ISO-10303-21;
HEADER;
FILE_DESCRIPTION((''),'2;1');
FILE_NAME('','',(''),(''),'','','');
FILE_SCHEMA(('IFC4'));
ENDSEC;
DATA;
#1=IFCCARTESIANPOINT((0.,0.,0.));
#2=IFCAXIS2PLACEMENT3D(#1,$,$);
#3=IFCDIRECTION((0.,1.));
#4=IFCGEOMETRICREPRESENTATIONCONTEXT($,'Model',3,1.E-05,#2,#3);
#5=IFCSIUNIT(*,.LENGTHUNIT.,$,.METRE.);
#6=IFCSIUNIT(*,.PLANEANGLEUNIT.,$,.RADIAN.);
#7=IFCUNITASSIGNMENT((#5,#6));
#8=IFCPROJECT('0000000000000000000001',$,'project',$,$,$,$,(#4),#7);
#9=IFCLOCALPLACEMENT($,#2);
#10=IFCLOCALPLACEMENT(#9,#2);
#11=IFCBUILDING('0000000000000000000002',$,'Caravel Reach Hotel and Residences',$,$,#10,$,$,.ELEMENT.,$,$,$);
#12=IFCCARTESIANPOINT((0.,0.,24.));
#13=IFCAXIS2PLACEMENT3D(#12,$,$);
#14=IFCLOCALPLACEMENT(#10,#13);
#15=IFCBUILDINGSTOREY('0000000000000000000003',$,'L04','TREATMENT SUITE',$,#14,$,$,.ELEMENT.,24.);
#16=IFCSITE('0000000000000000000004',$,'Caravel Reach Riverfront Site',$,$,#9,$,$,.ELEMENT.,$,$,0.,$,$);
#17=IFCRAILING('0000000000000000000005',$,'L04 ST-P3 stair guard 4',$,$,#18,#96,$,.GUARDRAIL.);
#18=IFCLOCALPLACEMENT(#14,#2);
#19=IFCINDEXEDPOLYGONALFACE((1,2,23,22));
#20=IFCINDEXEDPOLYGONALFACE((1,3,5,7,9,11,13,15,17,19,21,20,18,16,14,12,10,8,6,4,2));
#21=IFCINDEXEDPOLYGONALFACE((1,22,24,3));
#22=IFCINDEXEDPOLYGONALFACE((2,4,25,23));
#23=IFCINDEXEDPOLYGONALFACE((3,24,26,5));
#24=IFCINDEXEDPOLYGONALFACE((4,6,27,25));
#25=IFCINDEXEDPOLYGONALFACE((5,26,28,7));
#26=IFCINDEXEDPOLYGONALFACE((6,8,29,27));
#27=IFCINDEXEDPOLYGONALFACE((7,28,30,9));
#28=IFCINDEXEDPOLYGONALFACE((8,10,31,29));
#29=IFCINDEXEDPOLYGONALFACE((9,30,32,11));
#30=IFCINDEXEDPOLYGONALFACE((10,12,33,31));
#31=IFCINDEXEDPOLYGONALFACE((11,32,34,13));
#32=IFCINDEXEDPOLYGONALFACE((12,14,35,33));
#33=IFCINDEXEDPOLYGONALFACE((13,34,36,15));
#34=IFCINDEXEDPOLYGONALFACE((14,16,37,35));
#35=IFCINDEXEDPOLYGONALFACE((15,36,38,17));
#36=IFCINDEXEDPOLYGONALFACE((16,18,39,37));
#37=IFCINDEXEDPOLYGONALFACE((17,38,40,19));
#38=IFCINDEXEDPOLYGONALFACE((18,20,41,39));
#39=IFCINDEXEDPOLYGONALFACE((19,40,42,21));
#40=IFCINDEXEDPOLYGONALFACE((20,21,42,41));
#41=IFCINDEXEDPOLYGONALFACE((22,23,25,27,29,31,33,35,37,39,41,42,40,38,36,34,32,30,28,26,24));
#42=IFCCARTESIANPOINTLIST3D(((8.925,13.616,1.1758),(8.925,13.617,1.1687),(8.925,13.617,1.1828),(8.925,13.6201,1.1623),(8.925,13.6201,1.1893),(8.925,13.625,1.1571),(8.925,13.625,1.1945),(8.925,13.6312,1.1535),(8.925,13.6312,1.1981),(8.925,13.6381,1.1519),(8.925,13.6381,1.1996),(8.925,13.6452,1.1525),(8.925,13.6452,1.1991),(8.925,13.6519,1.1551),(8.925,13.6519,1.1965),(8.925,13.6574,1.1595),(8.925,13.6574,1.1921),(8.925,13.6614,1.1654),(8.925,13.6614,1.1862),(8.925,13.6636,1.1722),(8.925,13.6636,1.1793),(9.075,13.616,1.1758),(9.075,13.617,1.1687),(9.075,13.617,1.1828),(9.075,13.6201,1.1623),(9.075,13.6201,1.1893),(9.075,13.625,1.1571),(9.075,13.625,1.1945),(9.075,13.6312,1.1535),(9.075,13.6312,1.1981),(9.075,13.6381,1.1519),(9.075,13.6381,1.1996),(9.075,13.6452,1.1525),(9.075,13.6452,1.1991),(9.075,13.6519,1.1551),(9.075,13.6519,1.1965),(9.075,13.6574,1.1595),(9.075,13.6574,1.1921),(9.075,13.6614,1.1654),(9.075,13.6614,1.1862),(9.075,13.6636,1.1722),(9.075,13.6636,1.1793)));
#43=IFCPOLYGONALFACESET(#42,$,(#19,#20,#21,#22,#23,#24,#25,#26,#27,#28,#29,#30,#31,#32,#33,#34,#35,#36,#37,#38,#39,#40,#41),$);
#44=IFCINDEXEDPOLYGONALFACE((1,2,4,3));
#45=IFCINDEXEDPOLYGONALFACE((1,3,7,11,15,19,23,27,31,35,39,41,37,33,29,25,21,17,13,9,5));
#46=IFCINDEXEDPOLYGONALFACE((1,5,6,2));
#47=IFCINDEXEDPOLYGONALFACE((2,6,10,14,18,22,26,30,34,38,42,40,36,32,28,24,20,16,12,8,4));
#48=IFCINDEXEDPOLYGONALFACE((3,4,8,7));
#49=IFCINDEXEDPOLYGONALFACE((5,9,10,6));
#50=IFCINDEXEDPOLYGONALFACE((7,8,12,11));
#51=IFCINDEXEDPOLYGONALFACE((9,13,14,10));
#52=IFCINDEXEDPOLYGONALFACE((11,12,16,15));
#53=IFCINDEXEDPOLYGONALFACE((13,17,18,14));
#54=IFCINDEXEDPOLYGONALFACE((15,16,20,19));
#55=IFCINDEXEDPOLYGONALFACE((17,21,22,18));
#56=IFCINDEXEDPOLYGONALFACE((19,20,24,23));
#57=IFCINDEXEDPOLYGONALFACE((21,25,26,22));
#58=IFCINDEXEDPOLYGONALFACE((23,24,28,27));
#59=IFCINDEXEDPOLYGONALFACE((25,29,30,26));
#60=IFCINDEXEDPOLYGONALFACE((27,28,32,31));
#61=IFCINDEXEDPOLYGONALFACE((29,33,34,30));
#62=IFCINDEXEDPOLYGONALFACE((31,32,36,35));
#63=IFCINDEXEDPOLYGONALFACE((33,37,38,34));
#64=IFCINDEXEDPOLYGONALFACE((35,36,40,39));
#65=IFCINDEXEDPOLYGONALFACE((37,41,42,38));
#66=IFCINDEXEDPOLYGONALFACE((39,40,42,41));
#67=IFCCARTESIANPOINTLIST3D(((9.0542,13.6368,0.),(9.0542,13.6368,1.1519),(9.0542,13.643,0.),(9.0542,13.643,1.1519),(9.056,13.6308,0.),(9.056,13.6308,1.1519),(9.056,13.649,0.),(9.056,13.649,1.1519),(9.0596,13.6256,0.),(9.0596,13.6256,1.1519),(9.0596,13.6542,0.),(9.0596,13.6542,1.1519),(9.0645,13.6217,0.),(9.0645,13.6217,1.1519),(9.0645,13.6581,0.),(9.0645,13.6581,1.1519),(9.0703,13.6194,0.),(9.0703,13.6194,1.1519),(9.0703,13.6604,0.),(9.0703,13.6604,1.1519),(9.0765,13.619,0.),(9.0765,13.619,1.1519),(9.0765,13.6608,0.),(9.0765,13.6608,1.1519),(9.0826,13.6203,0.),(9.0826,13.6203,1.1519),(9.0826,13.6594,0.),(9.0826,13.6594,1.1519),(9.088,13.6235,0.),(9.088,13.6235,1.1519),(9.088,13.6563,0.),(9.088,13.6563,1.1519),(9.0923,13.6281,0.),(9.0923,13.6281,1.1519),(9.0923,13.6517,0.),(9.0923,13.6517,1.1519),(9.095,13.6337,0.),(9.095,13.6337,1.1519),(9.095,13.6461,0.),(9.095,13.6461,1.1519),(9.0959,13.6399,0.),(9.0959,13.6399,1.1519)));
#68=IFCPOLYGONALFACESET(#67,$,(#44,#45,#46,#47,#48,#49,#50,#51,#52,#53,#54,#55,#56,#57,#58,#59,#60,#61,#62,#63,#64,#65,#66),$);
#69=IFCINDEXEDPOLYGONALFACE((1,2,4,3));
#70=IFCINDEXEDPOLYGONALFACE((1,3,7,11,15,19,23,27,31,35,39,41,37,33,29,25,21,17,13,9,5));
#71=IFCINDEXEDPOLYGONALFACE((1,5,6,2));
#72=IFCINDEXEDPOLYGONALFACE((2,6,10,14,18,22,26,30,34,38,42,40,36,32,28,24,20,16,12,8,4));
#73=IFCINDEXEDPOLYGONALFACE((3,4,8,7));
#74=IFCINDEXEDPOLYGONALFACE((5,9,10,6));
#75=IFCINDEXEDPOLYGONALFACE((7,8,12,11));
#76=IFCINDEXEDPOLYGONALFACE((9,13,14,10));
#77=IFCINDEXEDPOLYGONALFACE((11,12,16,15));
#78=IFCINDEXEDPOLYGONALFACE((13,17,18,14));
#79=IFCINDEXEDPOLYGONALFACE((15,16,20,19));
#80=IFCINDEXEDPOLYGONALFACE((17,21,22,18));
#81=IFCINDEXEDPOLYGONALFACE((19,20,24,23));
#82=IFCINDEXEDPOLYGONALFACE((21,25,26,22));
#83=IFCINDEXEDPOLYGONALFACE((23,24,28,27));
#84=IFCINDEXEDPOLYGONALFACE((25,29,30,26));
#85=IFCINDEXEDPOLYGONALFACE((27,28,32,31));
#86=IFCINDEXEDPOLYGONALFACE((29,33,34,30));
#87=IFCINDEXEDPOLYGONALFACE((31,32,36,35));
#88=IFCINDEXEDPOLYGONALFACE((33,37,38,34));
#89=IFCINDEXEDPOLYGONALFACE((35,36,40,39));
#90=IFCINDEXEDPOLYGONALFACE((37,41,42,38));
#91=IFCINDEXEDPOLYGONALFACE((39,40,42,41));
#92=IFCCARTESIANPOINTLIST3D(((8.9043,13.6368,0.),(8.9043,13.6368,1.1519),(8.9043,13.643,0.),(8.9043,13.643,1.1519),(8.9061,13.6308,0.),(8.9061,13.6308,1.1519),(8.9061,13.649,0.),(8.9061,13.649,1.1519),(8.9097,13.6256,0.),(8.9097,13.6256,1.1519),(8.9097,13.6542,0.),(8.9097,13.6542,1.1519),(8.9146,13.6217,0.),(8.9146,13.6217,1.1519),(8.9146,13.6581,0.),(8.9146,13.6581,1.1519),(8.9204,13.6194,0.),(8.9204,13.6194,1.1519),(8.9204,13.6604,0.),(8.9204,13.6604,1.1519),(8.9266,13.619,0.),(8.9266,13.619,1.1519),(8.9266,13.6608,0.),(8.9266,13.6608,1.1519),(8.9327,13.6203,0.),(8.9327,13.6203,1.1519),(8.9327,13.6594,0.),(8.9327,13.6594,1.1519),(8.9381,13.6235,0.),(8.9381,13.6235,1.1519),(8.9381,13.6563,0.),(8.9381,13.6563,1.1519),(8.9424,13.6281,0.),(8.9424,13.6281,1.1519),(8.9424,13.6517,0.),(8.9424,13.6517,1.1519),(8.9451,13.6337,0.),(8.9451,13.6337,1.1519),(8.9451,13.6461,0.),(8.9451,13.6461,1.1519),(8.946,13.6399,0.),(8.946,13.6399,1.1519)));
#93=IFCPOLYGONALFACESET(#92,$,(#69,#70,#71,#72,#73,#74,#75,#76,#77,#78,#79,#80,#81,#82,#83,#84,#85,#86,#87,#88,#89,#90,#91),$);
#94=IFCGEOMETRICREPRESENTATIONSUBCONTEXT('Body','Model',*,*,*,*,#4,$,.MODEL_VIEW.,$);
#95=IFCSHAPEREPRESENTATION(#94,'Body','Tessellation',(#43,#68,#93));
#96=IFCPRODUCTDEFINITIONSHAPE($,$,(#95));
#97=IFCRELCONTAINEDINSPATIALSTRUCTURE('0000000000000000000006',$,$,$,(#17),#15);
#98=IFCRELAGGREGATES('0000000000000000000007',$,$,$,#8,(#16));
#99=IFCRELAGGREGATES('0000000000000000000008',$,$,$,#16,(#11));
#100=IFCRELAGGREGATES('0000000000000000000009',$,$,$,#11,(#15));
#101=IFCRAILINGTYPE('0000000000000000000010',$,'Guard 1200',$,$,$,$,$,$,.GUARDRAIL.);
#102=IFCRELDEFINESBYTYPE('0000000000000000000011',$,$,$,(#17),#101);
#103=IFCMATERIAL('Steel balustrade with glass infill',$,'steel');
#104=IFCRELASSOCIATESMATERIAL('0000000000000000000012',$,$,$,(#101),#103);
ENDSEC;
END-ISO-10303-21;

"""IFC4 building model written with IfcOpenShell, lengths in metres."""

from ifc_helpers import new_model, si_unit, direction, frame, origin, origin_2d, place, context, subcontext, project, spatial, circle, extrude, material, type_object, element, save


model = new_model("IFC4")

# Units and contexts
model_context = context("Model", 3, precision=1e-05, world=origin(), true_north=direction((0.0, 1.0)))
body_context = subcontext(model_context, "Body", "Model", "MODEL_VIEW")
ifc_project = project(units=[si_unit("LENGTHUNIT", "METRE"), si_unit("PLANEANGLEUNIT", "RADIAN")], contexts=[model_context])

# Site, building, storey
site_placement = place(None, origin())
site = spatial("IfcSite", under=ifc_project, at=site_placement, Name="Caravel Reach Riverfront Site", CompositionType="ELEMENT", RefElevation=0.0)
building_placement = place(site_placement, origin())
building = spatial("IfcBuilding", under=site, at=building_placement, Name="Caravel Reach Hotel and Residences", CompositionType="ELEMENT")
storey_placement = place(building_placement, frame((0.0, 0.0, 24.0)))
storey = spatial("IfcBuildingStorey", under=building, at=storey_placement, Name="L04", Description="TREATMENT SUITE", CompositionType="ELEMENT", Elevation=24.0)

# Railing
ifc_material_1 = material(Name="Steel balustrade with glass infill", Category="steel")
railing_type = type_object("IfcRailingType", Name="Guard 1200", PredefinedType="GUARDRAIL", material=ifc_material_1)
railing_1_placement = place(storey_placement, frame((9.075, 13.6399, 0.0)))
element("IfcRailing", 1, at=railing_1_placement, inside=storey, type_object=railing_type, Name="L04 ST-P3 stair guard 4", PredefinedType="GUARDRAIL", context=body_context, shape_type="SweptSolid", body=[
    extrude(circle(Radius=0.0239, at=origin_2d()), frame((0.0, 0.0, 1.1758), z_axis=(-1.0, 0.0, 0.0), x_axis=(0.0, -1.0, 0.0)), (0.0, 0.0, 1.0), 0.1499),
    extrude(circle(Radius=0.021, at=origin_2d()), origin(), (0.0, 0.0, 1.0), 1.1519),
    extrude(circle(Radius=0.021, at=origin_2d()), frame((-0.1499, 0.0, 0.0)), (0.0, 0.0, 1.0), 1.1519),
])

save(model, "model.ifc")
